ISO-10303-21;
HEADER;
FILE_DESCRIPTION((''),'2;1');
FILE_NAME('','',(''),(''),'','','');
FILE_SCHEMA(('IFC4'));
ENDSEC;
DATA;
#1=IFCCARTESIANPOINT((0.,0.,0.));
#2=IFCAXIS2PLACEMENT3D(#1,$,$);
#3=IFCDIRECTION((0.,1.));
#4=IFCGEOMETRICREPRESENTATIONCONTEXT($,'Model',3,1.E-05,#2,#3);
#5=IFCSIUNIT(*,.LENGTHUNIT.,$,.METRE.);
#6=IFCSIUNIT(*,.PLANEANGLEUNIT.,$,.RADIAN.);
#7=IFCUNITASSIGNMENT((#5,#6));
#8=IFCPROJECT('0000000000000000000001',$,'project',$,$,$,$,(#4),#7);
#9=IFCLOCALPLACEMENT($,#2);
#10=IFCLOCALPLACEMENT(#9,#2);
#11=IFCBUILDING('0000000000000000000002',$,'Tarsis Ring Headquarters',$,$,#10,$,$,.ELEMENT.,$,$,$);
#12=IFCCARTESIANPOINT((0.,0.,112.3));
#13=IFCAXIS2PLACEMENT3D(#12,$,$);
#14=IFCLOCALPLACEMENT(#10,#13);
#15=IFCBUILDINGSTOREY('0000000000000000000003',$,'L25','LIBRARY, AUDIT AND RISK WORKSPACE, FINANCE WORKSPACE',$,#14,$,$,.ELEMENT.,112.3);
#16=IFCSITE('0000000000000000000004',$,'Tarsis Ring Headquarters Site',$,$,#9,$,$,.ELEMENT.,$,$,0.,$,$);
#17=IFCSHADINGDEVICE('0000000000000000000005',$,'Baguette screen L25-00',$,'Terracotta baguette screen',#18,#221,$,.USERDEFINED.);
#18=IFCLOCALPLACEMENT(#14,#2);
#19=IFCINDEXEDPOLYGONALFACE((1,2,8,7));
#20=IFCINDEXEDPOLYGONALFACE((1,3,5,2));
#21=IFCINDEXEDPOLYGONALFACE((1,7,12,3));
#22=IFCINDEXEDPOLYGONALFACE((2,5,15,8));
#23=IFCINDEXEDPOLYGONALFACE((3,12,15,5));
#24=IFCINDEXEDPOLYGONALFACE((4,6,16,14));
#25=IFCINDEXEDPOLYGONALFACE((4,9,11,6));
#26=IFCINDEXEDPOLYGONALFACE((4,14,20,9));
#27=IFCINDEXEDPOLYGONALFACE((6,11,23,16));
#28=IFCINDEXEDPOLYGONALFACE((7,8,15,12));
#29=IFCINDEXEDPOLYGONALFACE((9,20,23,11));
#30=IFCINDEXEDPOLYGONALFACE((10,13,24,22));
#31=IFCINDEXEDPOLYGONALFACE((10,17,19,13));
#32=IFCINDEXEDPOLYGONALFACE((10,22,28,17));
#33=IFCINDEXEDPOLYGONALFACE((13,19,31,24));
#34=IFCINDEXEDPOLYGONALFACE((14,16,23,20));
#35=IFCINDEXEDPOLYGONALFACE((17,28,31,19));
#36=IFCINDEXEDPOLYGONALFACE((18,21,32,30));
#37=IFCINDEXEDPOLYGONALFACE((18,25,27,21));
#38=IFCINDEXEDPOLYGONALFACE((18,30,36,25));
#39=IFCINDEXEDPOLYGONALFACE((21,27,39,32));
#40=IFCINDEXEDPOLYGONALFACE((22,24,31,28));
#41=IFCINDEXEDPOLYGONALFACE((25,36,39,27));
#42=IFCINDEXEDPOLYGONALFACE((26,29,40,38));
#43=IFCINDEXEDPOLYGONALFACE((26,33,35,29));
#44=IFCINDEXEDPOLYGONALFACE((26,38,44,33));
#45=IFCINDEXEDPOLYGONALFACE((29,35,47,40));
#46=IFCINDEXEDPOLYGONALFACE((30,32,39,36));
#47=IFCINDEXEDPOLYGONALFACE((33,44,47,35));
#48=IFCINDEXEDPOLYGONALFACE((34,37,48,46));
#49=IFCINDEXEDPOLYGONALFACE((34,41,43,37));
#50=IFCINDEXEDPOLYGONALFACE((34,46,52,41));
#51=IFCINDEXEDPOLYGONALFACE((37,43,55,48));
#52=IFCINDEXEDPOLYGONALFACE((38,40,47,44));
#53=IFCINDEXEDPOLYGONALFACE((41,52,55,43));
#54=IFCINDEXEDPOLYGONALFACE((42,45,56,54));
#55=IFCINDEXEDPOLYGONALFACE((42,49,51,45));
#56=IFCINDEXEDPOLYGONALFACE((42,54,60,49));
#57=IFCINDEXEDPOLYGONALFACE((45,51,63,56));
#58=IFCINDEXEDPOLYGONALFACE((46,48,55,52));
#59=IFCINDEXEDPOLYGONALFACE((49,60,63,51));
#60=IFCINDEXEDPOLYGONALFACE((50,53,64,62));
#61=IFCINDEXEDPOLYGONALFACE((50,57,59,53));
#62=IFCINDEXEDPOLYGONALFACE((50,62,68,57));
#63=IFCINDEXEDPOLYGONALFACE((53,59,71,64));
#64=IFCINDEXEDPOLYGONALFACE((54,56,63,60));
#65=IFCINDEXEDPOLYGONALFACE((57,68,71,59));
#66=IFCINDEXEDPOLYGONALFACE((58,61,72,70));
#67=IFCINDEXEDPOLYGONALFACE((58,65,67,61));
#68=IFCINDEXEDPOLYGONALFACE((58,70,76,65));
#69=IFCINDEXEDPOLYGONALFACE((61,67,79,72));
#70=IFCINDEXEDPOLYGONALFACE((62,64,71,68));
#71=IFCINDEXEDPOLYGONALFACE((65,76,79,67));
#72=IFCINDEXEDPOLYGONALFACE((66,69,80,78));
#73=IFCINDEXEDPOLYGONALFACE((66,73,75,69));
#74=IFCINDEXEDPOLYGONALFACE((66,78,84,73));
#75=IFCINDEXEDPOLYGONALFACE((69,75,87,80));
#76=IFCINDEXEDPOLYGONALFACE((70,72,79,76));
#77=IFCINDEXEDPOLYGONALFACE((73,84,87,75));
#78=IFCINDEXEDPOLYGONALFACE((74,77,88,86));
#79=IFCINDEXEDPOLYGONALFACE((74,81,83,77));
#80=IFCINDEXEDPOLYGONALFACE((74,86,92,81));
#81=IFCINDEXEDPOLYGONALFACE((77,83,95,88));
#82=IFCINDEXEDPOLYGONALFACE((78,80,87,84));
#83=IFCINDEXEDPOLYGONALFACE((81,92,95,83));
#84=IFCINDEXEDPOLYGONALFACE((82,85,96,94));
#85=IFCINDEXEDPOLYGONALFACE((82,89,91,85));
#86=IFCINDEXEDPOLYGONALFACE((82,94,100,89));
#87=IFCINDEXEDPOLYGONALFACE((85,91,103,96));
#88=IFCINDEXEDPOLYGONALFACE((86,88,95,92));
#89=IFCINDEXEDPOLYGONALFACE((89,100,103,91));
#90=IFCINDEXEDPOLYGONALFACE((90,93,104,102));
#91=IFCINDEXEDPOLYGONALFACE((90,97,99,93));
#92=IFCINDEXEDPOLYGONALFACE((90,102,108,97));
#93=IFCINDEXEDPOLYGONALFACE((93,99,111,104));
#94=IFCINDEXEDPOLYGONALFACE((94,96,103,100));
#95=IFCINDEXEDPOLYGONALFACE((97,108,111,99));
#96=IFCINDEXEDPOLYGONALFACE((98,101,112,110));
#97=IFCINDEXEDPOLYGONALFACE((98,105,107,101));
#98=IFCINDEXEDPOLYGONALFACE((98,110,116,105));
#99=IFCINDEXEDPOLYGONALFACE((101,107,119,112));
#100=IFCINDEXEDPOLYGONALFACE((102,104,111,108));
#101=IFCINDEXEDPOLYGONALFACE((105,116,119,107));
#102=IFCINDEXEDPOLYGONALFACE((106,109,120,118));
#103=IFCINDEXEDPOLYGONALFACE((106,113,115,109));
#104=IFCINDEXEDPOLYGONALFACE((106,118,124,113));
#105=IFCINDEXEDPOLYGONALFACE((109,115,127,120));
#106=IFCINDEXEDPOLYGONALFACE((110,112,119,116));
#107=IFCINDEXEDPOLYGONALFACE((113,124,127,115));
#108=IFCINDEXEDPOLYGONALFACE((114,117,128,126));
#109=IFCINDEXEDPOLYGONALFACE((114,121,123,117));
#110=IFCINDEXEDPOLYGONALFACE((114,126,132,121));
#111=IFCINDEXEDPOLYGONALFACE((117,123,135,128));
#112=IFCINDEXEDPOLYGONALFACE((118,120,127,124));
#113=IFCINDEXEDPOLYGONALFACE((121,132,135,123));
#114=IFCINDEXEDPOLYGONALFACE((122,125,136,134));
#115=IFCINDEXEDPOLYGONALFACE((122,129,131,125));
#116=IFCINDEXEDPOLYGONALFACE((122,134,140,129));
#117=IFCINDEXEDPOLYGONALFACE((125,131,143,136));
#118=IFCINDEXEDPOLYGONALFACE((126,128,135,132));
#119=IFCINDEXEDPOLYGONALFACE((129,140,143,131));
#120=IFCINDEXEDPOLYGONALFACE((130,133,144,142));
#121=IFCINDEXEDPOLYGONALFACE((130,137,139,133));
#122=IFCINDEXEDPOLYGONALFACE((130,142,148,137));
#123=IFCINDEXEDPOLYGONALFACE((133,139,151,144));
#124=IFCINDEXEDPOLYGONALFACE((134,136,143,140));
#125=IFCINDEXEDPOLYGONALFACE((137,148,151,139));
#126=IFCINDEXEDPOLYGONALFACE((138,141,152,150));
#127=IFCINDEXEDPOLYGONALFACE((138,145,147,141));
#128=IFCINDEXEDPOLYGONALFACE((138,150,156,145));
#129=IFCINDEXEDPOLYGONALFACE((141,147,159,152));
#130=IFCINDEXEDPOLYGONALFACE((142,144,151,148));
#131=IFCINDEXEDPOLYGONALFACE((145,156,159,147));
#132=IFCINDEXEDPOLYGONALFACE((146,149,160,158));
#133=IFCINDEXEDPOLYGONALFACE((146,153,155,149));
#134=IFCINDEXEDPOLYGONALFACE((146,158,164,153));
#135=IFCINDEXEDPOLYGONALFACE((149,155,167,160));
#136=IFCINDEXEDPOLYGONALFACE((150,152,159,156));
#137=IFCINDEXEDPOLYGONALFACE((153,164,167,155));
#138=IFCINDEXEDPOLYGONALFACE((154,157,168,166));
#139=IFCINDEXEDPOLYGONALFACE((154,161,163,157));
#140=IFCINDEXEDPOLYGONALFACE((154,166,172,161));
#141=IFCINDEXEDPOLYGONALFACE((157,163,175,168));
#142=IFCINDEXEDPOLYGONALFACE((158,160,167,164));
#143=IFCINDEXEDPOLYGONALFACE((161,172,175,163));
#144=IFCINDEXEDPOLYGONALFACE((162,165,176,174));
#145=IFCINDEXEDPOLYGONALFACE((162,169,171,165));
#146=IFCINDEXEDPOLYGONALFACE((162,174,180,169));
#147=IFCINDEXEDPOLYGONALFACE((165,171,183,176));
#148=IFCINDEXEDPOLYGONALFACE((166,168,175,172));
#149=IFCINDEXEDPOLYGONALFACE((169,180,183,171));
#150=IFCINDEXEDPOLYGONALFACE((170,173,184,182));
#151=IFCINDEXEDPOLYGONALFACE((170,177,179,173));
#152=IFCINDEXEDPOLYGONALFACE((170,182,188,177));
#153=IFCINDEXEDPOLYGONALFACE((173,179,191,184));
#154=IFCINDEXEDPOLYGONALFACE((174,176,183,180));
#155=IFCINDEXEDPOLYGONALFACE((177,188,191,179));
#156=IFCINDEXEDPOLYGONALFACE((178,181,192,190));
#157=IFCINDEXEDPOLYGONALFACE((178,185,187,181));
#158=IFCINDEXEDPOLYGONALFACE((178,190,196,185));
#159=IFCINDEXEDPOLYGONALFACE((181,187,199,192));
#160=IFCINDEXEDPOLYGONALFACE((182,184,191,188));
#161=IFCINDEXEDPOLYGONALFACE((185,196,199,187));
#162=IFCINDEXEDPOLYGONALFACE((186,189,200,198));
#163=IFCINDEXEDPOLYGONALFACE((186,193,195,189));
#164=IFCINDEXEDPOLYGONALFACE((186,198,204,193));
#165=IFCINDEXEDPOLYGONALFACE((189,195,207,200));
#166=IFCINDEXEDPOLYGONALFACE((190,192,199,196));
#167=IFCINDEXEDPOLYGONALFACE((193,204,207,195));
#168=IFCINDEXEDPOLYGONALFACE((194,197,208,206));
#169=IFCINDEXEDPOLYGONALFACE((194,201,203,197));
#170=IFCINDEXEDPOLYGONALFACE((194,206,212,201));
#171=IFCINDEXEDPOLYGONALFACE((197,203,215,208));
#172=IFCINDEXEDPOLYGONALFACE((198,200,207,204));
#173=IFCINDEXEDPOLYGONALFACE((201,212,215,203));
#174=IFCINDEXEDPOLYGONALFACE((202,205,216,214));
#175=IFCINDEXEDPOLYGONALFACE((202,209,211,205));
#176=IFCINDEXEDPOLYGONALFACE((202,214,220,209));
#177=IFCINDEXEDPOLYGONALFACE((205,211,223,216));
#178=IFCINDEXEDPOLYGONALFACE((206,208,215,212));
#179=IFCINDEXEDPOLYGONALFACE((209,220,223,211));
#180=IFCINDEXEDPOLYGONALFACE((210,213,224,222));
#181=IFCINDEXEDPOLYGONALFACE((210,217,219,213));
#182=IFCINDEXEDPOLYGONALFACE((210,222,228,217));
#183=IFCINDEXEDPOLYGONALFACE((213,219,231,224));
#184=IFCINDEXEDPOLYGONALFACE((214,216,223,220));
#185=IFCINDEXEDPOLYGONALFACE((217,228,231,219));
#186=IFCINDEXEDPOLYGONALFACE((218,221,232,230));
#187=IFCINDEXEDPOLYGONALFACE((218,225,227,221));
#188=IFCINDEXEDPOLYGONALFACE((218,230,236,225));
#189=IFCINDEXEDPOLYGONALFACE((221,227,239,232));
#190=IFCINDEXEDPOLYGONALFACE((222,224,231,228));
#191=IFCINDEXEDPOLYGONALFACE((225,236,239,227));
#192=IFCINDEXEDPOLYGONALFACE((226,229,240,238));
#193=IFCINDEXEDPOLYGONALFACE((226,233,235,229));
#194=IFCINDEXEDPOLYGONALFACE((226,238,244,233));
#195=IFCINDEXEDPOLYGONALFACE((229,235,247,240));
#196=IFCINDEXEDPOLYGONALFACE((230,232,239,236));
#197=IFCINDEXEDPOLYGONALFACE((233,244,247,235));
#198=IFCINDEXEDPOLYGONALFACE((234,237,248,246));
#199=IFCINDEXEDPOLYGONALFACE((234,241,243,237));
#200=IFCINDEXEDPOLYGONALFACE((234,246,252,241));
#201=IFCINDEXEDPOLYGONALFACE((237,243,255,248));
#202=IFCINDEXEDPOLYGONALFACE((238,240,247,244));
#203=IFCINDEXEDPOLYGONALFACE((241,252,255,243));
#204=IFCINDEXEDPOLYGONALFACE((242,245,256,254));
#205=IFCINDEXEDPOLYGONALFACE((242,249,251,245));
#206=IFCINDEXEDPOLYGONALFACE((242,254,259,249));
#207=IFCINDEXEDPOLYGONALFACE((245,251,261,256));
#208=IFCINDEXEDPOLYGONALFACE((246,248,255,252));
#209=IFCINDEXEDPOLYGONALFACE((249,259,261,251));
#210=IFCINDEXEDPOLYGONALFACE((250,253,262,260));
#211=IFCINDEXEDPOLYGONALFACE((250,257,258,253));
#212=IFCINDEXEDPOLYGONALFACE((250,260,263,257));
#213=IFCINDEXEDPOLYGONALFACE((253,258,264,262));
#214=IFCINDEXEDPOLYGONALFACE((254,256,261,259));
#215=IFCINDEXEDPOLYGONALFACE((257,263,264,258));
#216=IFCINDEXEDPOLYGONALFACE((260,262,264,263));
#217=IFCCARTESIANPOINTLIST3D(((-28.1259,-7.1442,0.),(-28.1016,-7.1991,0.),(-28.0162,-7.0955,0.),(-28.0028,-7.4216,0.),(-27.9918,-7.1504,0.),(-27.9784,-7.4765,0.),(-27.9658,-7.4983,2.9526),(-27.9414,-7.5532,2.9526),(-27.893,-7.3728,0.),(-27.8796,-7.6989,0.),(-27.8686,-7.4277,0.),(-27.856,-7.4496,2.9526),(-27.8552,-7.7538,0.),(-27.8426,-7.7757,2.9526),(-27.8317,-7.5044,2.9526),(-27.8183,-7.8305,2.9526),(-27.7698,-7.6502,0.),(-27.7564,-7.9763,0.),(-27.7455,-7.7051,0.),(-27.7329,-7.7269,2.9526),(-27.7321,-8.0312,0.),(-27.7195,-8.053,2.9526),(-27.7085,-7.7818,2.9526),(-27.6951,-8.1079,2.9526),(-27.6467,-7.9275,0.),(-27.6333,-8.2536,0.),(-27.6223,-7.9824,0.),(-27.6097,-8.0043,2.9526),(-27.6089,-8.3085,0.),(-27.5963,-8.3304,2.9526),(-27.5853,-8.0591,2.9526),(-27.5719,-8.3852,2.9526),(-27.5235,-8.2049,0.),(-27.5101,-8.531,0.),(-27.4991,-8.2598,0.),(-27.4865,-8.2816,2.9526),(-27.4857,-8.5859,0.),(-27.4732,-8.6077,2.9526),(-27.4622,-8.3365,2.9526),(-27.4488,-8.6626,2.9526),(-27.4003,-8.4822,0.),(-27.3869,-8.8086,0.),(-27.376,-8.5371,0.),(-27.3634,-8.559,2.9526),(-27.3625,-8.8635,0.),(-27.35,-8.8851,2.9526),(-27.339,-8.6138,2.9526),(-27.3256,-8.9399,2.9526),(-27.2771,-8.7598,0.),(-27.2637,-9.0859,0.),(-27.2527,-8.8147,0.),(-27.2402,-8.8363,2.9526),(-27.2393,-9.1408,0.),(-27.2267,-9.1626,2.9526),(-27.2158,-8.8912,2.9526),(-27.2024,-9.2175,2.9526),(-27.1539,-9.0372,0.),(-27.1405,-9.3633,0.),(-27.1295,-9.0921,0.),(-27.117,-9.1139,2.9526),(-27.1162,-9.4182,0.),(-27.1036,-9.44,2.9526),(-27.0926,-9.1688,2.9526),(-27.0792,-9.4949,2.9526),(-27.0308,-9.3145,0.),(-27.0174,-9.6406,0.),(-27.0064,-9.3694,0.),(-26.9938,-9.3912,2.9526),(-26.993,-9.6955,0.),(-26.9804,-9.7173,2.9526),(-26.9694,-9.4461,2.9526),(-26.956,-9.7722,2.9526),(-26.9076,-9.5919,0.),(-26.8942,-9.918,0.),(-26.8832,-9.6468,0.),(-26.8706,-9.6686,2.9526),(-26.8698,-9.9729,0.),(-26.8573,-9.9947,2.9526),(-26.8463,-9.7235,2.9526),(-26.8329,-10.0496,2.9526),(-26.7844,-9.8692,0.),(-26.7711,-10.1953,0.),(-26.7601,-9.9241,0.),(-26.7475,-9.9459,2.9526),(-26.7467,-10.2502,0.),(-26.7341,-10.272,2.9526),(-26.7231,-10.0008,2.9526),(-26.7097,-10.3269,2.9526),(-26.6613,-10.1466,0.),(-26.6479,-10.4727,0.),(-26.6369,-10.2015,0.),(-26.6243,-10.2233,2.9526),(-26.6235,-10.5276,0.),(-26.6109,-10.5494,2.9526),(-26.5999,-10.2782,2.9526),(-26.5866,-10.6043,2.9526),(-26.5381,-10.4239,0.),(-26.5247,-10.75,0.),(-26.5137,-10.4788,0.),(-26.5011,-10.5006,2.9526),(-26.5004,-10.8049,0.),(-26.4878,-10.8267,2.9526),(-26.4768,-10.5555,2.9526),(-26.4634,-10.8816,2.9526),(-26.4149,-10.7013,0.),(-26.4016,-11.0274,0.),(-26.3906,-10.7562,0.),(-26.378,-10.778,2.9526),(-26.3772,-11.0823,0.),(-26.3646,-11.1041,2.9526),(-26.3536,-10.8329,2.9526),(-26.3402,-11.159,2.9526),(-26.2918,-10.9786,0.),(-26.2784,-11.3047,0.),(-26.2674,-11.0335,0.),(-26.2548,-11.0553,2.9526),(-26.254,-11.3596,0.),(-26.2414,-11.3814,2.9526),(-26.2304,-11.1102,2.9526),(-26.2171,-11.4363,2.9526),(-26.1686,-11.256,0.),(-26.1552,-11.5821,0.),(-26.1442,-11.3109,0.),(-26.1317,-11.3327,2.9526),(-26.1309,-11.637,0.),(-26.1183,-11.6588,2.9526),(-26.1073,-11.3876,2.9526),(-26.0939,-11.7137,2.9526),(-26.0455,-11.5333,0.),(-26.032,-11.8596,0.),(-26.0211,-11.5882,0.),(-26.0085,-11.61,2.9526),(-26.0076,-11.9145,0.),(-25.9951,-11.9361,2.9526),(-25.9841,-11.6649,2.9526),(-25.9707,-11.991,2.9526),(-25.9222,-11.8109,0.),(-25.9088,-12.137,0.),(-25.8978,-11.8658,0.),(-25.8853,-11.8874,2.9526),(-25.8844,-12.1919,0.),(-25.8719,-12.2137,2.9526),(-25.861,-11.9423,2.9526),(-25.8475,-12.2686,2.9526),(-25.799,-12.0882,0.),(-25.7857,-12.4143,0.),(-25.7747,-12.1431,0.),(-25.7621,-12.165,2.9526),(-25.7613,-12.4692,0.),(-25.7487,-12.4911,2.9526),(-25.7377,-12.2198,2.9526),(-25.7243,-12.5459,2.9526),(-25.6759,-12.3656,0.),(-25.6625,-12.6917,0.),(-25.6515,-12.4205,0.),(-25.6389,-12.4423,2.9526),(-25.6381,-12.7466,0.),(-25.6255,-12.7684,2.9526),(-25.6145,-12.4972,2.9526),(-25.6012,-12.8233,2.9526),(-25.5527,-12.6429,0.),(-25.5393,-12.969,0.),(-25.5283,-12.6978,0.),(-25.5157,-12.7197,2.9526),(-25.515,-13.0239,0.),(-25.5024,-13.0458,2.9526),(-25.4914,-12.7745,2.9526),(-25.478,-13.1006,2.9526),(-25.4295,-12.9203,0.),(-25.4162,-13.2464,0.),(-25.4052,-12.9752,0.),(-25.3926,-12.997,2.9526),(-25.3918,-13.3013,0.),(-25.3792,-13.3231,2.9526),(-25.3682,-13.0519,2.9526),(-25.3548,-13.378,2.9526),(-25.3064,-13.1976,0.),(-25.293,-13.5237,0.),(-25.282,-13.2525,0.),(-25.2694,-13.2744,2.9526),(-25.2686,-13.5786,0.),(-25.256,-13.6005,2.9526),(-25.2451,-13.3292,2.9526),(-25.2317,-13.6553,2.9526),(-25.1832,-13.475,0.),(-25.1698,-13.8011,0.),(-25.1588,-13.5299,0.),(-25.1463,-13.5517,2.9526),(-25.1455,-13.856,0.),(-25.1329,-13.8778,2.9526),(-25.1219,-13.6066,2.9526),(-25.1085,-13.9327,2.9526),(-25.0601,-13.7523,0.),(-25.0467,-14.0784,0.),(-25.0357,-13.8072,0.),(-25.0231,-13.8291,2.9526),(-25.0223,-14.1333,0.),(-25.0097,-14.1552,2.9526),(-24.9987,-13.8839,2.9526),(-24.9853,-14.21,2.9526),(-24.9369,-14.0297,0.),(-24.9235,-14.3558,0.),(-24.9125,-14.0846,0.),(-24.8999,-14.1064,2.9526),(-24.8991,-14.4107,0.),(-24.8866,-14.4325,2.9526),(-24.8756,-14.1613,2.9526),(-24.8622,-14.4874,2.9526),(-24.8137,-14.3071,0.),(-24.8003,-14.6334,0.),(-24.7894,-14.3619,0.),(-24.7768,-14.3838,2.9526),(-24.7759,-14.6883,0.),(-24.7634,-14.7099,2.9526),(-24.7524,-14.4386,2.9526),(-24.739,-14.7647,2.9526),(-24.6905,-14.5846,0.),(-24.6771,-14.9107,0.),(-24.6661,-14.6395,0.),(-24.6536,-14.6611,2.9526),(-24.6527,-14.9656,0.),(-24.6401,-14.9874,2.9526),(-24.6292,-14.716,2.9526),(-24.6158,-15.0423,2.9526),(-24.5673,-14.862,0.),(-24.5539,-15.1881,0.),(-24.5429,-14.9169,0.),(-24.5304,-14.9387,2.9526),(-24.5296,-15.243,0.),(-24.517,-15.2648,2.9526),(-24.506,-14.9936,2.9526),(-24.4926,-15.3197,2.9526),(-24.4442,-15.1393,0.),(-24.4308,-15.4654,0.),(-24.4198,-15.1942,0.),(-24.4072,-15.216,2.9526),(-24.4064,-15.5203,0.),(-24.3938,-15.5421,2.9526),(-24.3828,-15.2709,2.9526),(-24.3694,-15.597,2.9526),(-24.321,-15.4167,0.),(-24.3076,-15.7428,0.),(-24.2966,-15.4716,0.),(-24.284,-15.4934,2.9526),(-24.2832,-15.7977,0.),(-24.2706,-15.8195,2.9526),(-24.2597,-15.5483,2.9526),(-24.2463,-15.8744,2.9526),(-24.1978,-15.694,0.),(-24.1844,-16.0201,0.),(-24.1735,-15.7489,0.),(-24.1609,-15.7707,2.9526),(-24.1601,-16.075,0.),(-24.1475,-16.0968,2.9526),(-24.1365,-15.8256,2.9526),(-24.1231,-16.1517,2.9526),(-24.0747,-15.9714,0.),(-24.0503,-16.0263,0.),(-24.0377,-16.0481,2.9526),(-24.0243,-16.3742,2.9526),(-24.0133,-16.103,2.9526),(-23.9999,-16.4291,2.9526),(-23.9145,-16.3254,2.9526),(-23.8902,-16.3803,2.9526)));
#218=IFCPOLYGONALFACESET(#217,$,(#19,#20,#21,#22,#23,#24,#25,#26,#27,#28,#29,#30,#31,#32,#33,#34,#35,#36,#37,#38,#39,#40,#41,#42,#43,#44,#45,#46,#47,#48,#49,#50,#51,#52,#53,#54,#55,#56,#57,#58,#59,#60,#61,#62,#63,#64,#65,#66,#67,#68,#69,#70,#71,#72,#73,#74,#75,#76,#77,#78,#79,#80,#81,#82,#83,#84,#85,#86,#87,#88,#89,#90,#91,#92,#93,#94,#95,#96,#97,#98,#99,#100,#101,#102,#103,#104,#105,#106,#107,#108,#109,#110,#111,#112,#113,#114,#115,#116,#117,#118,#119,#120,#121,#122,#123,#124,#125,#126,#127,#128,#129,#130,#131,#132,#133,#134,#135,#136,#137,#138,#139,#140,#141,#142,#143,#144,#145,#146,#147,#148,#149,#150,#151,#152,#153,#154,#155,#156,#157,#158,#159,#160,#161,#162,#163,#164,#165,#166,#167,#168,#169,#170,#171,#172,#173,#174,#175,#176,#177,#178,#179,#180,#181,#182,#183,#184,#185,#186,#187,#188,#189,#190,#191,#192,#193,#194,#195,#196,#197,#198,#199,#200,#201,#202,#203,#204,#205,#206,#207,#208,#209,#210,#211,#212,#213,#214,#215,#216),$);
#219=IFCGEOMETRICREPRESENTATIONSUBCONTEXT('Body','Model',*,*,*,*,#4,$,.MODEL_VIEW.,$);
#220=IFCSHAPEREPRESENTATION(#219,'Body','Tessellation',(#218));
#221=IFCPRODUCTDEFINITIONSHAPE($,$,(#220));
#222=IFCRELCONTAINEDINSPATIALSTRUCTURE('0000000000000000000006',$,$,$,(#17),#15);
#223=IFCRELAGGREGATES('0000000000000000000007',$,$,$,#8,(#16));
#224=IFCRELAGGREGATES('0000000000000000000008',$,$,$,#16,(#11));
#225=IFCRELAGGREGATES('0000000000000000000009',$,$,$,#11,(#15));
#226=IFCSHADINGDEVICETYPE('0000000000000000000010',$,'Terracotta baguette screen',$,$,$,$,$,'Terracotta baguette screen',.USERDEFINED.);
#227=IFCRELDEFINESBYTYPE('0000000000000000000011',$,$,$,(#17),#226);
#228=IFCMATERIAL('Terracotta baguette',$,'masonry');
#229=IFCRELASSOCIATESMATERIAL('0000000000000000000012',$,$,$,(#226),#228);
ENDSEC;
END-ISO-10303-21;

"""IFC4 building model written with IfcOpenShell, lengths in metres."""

from ifc_helpers import new_model, si_unit, direction, frame, frame_2d, origin, place, context, subcontext, project, spatial, rectangle, composite_profile, extrude, material, type_object, element, save


model = new_model("IFC4")

# Units and contexts
model_context = context("Model", 3, precision=1e-05, world=origin(), true_north=direction((0.0, 1.0)))
body_context = subcontext(model_context, "Body", "Model", "MODEL_VIEW")
ifc_project = project(units=[si_unit("LENGTHUNIT", "METRE"), si_unit("PLANEANGLEUNIT", "RADIAN")], contexts=[model_context])

# Site, building, storey
site_placement = place(None, origin())
site = spatial("IfcSite", under=ifc_project, at=site_placement, Name="Tarsis Ring Headquarters Site", CompositionType="ELEMENT", RefElevation=0.0)
building_placement = place(site_placement, origin())
building = spatial("IfcBuilding", under=site, at=building_placement, Name="Tarsis Ring Headquarters", CompositionType="ELEMENT")
storey_placement = place(building_placement, frame((0.0, 0.0, 112.3)))
storey = spatial("IfcBuildingStorey", under=building, at=storey_placement, Name="L25", Description="LIBRARY, AUDIT AND RISK WORKSPACE, FINANCE WORKSPACE", CompositionType="ELEMENT", Elevation=112.3)

# Shading device
ifc_material_1 = material(Name="Terracotta baguette", Category="masonry")
shading_device_type = type_object("IfcShadingDeviceType", Name="Terracotta baguette screen", ElementType="Terracotta baguette screen", PredefinedType="USERDEFINED", material=ifc_material_1)
shading_device_placement = place(storey_placement, frame((-28.071, -7.1199, 0.0), z_axis=(0.0, 0.0, 1.0), x_axis=(0.405846, -0.913929, 0.0)))
element("IfcShadingDevice", 1, at=shading_device_placement, inside=storey, type_object=shading_device_type, Name="Baguette screen L25-00", ObjectType="Terracotta baguette screen", PredefinedType="USERDEFINED", context=body_context, shape_type="SweptSolid", body=[
    extrude(composite_profile([rectangle(XDim=0.0601, YDim=0.1201, at=frame_2d((0.03, 0.0))), rectangle(XDim=0.0601, YDim=0.1201, at=frame_2d((0.3335, 0.0))), rectangle(XDim=0.0601, YDim=0.1201, at=frame_2d((0.637, 0.0))), rectangle(XDim=0.0601, YDim=0.1201, at=frame_2d((0.9404, 0.0))), rectangle(XDim=0.0601, YDim=0.1201, at=frame_2d((1.2439, 0.0))), rectangle(XDim=0.0601, YDim=0.1201, at=frame_2d((1.5474, 0.0))), rectangle(XDim=0.0601, YDim=0.1201, at=frame_2d((1.8511, 0.0))), rectangle(XDim=0.0601, YDim=0.1201, at=frame_2d((2.1545, 0.0))), rectangle(XDim=0.0601, YDim=0.1201, at=frame_2d((2.458, 0.0))), rectangle(XDim=0.0601, YDim=0.1201, at=frame_2d((2.7615, 0.0))), rectangle(XDim=0.0601, YDim=0.1201, at=frame_2d((3.0649, 0.0))), rectangle(XDim=0.0601, YDim=0.1201, at=frame_2d((3.3684, 0.0))), rectangle(XDim=0.0601, YDim=0.1201, at=frame_2d((3.6719, 0.0))), rectangle(XDim=0.0601, YDim=0.1201, at=frame_2d((3.9753, 0.0))), rectangle(XDim=0.0601, YDim=0.1201, at=frame_2d((4.2788, 0.0))), rectangle(XDim=0.0601, YDim=0.1201, at=frame_2d((4.5823, 0.0))), rectangle(XDim=0.0601, YDim=0.1201, at=frame_2d((4.8857, 0.0))), rectangle(XDim=0.0601, YDim=0.1201, at=frame_2d((5.1895, 0.0))), rectangle(XDim=0.0601, YDim=0.1201, at=frame_2d((5.4929, 0.0))), rectangle(XDim=0.0601, YDim=0.1201, at=frame_2d((5.7964, 0.0))), rectangle(XDim=0.0601, YDim=0.1201, at=frame_2d((6.0999, 0.0))), rectangle(XDim=0.0601, YDim=0.1201, at=frame_2d((6.4033, 0.0))), rectangle(XDim=0.0601, YDim=0.1201, at=frame_2d((6.7068, 0.0))), rectangle(XDim=0.0601, YDim=0.1201, at=frame_2d((7.0103, 0.0))), rectangle(XDim=0.0601, YDim=0.1201, at=frame_2d((7.3137, 0.0))), rectangle(XDim=0.0601, YDim=0.1201, at=frame_2d((7.6172, 0.0))), rectangle(XDim=0.0601, YDim=0.1201, at=frame_2d((7.9207, 0.0))), rectangle(XDim=0.0601, YDim=0.1201, at=frame_2d((8.2244, 0.0))), rectangle(XDim=0.0601, YDim=0.1201, at=frame_2d((8.5278, 0.0))), rectangle(XDim=0.0601, YDim=0.1201, at=frame_2d((8.8313, 0.0))), rectangle(XDim=0.0601, YDim=0.1201, at=frame_2d((9.1348, 0.0))), rectangle(XDim=0.0601, YDim=0.1201, at=frame_2d((9.4382, 0.0))), rectangle(XDim=0.0601, YDim=0.1201, at=frame_2d((9.7417, 0.0)))]), origin(), (0.13048, 0.00089, 0.991451), 2.978),
])

save(model, "model.ifc")
